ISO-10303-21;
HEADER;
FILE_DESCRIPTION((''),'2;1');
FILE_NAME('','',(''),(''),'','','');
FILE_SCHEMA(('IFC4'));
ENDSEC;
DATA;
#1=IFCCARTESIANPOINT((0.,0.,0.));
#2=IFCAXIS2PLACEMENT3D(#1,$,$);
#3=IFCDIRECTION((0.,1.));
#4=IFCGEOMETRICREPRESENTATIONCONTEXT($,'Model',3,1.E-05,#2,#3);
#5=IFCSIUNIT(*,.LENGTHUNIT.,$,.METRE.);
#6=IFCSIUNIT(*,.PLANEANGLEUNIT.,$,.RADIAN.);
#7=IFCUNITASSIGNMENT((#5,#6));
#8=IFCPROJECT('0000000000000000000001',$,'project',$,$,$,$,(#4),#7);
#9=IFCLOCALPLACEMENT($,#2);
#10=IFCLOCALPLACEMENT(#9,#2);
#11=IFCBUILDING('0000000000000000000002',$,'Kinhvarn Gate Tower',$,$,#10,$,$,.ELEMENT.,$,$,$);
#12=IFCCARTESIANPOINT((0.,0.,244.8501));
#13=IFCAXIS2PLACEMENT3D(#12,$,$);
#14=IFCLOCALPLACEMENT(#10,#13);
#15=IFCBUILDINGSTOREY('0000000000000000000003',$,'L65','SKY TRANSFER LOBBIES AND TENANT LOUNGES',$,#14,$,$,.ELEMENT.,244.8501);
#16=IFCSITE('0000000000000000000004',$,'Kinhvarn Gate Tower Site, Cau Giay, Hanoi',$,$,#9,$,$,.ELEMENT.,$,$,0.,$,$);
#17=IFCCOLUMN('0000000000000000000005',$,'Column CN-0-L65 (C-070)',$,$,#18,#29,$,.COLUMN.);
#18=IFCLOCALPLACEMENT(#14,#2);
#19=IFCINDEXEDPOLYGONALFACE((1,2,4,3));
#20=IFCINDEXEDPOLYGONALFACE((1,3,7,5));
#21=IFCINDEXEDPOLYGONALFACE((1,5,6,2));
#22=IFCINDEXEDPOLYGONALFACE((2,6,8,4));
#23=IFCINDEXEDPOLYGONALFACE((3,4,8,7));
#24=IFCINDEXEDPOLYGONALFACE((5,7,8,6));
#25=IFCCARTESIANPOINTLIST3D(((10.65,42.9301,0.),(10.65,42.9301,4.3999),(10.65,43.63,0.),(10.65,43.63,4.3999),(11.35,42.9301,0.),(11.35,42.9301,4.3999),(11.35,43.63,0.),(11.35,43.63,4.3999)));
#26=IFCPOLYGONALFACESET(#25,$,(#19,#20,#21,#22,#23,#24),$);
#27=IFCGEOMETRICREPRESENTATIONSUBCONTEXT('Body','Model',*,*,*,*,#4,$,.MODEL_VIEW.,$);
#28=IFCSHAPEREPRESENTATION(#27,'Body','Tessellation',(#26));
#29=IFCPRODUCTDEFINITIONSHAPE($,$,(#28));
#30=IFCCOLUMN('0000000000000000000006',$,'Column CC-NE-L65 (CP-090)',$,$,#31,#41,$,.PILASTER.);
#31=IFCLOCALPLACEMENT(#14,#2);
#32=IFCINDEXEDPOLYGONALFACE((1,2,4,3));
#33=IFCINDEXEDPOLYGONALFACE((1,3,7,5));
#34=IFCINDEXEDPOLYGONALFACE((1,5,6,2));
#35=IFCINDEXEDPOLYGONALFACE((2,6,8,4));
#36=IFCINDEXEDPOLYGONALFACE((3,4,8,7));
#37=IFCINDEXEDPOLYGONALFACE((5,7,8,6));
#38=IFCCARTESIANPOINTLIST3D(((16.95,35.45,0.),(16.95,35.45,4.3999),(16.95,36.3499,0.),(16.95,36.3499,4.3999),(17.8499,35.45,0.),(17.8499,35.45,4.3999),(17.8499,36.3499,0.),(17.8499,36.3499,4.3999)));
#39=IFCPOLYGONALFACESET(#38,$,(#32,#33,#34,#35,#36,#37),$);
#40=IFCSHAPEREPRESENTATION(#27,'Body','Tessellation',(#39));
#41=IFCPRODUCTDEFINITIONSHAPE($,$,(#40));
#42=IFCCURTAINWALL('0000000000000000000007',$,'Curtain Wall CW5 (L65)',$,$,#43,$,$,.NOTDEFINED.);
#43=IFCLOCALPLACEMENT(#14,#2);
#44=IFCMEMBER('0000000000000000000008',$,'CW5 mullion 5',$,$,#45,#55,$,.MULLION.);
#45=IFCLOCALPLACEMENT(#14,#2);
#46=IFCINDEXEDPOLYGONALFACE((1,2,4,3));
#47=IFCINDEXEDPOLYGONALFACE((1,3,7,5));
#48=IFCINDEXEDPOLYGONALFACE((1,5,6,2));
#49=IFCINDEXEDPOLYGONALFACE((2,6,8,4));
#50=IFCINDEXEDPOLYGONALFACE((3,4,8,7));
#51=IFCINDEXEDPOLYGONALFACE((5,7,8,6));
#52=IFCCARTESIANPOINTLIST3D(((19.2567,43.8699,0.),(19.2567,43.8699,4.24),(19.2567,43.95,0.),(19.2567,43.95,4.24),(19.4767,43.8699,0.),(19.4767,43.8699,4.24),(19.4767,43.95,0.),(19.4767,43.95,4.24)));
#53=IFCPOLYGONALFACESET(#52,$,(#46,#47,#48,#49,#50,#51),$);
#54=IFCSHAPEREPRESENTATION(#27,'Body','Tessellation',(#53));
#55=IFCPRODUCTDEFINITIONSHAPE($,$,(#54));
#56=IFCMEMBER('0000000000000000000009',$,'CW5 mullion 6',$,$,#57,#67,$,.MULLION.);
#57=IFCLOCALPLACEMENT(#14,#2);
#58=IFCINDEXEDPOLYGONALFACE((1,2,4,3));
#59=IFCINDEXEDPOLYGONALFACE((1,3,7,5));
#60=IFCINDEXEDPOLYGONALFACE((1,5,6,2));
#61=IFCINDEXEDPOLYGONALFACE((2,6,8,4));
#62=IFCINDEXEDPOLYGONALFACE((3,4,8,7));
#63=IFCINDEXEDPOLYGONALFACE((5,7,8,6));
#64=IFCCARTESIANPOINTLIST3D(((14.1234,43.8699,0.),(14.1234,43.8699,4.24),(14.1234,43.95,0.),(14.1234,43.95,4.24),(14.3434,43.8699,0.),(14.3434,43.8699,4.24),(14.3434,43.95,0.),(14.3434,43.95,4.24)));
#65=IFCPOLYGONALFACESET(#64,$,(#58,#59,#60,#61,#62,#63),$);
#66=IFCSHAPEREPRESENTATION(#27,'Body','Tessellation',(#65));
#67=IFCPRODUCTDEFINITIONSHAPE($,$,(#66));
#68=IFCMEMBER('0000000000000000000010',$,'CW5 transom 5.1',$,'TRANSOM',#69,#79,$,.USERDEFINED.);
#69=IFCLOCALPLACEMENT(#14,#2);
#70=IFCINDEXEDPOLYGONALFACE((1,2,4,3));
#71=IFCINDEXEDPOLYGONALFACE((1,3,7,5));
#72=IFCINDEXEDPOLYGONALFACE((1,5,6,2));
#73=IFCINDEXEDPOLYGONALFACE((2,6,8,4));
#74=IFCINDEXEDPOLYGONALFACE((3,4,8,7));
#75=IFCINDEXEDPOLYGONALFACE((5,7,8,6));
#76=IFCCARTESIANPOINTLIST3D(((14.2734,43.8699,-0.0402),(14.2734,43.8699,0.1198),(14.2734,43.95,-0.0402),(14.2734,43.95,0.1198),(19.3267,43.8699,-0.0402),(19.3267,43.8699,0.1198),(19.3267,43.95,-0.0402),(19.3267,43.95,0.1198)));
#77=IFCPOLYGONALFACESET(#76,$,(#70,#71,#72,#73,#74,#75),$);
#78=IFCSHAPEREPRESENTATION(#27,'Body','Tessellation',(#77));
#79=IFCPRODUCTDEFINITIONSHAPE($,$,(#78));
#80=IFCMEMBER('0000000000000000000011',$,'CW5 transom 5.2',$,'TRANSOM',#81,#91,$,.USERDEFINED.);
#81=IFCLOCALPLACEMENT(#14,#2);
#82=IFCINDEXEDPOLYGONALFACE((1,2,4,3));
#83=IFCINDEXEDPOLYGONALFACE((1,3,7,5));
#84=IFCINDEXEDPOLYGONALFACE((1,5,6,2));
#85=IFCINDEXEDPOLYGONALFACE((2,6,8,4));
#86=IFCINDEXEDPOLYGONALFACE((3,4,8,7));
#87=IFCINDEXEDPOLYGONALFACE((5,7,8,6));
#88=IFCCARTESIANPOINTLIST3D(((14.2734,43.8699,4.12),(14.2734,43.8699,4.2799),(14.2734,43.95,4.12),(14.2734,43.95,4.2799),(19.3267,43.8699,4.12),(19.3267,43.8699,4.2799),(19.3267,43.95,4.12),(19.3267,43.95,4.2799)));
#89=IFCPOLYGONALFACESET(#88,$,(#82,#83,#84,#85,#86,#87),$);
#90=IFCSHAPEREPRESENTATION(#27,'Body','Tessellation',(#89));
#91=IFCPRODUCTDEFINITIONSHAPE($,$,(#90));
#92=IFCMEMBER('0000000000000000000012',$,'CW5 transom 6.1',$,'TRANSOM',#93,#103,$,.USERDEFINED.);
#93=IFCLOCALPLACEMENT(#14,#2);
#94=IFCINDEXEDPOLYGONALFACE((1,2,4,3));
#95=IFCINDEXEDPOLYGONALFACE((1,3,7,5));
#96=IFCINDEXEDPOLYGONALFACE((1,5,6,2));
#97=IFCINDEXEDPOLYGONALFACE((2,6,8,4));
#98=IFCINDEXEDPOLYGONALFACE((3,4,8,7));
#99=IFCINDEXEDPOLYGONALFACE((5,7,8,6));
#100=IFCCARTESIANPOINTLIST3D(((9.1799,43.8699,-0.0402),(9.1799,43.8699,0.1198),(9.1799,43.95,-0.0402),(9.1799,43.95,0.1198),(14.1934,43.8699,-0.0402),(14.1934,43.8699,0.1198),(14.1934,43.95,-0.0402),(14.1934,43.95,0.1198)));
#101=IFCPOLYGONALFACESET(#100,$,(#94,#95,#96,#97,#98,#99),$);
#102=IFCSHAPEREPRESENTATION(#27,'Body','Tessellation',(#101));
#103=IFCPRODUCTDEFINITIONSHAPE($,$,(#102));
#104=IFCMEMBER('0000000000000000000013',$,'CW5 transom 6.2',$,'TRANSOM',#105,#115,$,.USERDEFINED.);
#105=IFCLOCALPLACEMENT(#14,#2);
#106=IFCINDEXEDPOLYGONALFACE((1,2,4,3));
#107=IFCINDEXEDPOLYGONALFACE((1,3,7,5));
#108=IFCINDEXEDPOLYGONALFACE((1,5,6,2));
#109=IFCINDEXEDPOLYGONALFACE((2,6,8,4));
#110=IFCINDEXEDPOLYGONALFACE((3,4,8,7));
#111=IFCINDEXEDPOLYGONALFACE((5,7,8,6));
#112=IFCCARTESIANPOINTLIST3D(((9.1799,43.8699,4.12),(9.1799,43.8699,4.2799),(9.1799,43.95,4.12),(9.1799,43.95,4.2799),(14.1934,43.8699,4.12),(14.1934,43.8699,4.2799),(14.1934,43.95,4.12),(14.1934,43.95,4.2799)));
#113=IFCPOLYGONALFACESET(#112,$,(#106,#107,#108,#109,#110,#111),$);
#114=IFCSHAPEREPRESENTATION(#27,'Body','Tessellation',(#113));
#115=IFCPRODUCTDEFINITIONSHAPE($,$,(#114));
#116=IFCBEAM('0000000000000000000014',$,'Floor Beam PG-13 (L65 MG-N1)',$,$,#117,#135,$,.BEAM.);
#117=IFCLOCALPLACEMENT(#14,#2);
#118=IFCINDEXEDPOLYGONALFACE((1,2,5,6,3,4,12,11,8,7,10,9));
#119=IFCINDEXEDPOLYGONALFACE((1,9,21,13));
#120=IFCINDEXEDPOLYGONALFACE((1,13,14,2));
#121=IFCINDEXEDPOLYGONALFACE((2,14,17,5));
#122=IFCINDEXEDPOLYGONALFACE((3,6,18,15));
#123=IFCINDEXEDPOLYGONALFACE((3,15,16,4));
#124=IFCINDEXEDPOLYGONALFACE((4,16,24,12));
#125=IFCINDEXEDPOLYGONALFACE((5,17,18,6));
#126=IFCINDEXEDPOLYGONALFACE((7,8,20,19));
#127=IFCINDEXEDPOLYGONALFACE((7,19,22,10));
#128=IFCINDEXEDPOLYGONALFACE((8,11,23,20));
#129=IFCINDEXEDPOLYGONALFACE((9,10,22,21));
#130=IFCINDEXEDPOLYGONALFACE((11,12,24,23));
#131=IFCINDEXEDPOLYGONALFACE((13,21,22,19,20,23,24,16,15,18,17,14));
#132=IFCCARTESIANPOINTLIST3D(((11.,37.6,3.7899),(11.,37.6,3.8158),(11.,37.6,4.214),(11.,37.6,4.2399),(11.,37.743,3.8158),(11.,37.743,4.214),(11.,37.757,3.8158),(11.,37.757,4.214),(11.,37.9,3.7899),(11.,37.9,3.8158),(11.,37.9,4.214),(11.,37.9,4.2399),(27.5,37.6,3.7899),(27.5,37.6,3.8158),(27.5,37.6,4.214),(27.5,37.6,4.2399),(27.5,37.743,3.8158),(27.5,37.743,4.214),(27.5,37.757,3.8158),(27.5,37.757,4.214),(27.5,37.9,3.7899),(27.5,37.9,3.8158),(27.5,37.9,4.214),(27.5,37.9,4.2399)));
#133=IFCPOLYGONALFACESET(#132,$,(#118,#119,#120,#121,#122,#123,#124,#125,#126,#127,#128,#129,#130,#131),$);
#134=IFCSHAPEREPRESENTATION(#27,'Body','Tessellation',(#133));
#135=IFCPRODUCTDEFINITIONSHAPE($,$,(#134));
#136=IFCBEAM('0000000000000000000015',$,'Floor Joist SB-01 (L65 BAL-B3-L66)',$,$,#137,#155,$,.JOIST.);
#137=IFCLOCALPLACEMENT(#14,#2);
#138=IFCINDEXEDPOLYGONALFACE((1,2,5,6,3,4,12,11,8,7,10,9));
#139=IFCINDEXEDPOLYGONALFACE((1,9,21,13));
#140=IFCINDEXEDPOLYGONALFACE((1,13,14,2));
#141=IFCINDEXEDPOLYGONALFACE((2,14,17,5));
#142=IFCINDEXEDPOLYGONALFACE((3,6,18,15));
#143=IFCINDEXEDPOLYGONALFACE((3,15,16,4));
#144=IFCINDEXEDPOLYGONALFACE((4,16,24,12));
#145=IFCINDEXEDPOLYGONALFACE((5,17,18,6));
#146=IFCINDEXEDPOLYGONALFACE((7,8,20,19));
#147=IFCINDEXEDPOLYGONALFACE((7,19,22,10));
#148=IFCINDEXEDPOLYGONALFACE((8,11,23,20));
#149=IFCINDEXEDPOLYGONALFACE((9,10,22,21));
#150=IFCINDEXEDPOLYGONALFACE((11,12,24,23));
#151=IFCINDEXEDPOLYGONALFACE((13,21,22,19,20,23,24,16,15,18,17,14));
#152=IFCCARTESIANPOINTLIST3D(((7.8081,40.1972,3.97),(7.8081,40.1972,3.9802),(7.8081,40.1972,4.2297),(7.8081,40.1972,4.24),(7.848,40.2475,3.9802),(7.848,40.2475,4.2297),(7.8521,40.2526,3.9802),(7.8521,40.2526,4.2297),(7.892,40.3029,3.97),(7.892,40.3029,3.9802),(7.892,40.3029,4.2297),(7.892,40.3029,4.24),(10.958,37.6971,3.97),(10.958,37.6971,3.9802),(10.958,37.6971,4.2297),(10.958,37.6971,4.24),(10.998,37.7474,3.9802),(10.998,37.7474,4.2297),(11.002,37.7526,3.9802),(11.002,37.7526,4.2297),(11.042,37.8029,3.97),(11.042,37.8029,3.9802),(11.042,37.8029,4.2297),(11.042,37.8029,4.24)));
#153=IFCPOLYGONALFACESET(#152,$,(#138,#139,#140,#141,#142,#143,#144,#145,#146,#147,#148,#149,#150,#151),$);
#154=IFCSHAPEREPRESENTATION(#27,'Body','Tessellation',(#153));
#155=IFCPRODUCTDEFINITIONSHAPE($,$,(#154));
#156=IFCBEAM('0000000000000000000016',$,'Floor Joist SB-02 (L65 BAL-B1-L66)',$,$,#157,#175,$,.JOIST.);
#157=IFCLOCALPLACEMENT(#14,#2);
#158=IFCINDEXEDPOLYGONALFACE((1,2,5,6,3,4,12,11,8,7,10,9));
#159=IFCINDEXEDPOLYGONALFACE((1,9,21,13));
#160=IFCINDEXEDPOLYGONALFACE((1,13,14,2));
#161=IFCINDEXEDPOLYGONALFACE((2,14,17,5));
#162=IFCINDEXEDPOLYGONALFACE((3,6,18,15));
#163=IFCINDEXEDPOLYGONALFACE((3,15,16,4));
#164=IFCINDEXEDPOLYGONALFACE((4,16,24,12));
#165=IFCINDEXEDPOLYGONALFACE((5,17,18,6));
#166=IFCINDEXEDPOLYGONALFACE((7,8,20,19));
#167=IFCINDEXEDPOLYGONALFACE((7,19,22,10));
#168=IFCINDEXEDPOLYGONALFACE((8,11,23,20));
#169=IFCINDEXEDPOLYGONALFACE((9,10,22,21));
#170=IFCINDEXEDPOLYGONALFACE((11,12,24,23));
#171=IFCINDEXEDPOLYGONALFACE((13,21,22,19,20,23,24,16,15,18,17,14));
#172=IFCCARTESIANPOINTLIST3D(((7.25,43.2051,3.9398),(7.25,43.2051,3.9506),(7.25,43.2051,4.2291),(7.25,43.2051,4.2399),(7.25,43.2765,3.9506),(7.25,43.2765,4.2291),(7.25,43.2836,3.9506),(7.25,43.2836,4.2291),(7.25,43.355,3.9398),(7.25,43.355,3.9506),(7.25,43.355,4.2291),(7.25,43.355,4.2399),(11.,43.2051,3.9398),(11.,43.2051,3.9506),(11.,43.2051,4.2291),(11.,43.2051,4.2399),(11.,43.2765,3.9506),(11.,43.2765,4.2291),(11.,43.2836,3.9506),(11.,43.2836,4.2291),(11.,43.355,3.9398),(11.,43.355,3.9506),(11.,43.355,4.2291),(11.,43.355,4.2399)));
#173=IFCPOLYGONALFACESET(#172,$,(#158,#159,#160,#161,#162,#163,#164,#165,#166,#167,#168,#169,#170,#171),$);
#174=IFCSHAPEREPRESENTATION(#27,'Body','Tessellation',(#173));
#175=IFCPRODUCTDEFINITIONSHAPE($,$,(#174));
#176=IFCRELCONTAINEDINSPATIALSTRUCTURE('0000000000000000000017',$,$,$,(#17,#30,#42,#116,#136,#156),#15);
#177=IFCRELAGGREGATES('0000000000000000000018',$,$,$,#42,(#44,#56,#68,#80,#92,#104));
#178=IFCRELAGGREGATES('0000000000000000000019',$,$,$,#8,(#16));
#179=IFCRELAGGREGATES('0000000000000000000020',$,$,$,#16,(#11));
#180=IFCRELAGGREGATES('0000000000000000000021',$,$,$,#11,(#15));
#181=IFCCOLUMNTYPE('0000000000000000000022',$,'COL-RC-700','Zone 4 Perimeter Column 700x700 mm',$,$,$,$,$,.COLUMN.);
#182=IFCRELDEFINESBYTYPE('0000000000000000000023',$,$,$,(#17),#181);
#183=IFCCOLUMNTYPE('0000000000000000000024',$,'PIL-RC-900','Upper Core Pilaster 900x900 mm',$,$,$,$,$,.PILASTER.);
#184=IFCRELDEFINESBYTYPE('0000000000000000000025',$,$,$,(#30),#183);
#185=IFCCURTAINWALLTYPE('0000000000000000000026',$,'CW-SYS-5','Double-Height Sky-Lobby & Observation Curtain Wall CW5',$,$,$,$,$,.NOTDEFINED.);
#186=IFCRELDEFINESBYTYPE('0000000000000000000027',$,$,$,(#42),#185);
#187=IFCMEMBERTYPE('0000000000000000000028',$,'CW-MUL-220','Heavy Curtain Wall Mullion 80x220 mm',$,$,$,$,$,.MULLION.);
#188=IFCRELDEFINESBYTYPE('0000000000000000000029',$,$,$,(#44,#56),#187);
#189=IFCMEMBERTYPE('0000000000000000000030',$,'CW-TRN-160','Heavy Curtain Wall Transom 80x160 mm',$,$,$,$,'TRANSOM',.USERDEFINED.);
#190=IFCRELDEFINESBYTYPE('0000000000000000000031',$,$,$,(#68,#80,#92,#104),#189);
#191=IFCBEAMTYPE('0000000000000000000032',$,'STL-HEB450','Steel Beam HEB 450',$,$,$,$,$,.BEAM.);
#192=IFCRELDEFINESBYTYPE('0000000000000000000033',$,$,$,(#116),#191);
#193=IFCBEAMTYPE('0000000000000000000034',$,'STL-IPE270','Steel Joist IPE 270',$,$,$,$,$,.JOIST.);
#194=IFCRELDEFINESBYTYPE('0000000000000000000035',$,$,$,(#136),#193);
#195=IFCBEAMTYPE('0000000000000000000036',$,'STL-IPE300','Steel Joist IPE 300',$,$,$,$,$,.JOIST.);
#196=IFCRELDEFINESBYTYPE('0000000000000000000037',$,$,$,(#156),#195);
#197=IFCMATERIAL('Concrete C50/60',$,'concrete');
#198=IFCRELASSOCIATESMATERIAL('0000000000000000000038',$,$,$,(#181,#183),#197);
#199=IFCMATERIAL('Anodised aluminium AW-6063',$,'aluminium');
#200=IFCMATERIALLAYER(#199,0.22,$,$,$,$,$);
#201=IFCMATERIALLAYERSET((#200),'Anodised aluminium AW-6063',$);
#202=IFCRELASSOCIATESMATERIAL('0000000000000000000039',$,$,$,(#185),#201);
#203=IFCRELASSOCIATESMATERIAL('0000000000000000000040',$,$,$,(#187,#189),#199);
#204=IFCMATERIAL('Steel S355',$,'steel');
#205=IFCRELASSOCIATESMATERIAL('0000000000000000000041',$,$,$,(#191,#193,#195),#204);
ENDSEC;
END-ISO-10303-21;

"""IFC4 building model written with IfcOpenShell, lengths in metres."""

from ifc_helpers import new_model, si_unit, direction, frame, origin, origin_2d, place, context, subcontext, project, spatial, rectangle, i_section, extrude, material, layer, layer_set, material_profile, profile_set, type_object, element, aggregate, save


model = new_model("IFC4")

# Units and contexts
model_context = context("Model", 3, precision=1e-05, world=origin(), true_north=direction((0.0, 1.0)))
body_context = subcontext(model_context, "Body", "Model", "MODEL_VIEW")
ifc_project = project(units=[si_unit("LENGTHUNIT", "METRE"), si_unit("PLANEANGLEUNIT", "RADIAN")], contexts=[model_context])

# Site, building, storey
site_placement = place(None, origin())
site = spatial("IfcSite", under=ifc_project, at=site_placement, Name="Kinhvarn Gate Tower Site, Cau Giay, Hanoi", CompositionType="ELEMENT", RefElevation=0.0)
building_placement = place(site_placement, origin())
building = spatial("IfcBuilding", under=site, at=building_placement, Name="Kinhvarn Gate Tower", CompositionType="ELEMENT")
storey_placement = place(building_placement, frame((0.0, 0.0, 244.8501)))
storey = spatial("IfcBuildingStorey", under=building, at=storey_placement, Name="L65", Description="SKY TRANSFER LOBBIES AND TENANT LOUNGES", CompositionType="ELEMENT", Elevation=244.8501)

# Columns
ifc_material_1 = material(Name="Concrete C50/60", Category="concrete")
ifc_material_profile_1 = material_profile(ifc_material_1, rectangle(XDim=0.7, YDim=0.7, at=origin_2d()), Name="RC 700x700")
ifc_profile_set_1 = profile_set([ifc_material_profile_1], Name="Concrete C50/60")
column_type_1 = type_object("IfcColumnType", Name="COL-RC-700", Description="Zone 4 Perimeter Column 700x700 mm", PredefinedType="COLUMN", material=ifc_profile_set_1)
column_1_placement = place(storey_placement, frame((11.0, 43.28, 0.0), z_axis=(0.0, 0.0, 1.0), x_axis=(1.0, 0.0, 0.0)))
element("IfcColumn", 1, at=column_1_placement, inside=storey, type_object=column_type_1, Name="Column CN-0-L65 (C-070)", PredefinedType="COLUMN", context=body_context, shape_type="SweptSolid", body=[
    extrude(rectangle(XDim=0.7, YDim=0.7, at=origin_2d()), origin(), (0.0, 0.0, 1.0), 4.3999),
])
ifc_material_profile_2 = material_profile(ifc_material_1, rectangle(XDim=0.8999, YDim=0.8999, at=origin_2d()), Name="RC 900x900")
ifc_profile_set_2 = profile_set([ifc_material_profile_2], Name="Concrete C50/60")
column_type_2 = type_object("IfcColumnType", Name="PIL-RC-900", Description="Upper Core Pilaster 900x900 mm", PredefinedType="PILASTER", material=ifc_profile_set_2)
column_2_placement = place(storey_placement, frame((17.3999, 35.8999, 0.0), z_axis=(0.0, 0.0, 1.0), x_axis=(1.0, 0.0, 0.0)))
element("IfcColumn", 2, at=column_2_placement, inside=storey, type_object=column_type_2, Name="Column CC-NE-L65 (CP-090)", PredefinedType="PILASTER", context=body_context, shape_type="SweptSolid", body=[
    extrude(rectangle(XDim=0.8999, YDim=0.8999, at=origin_2d()), origin(), (0.0, 0.0, 1.0), 4.3999),
])

# Curtain wall, members
ifc_material_2 = material(Name="Anodised aluminium AW-6063", Category="aluminium")
ifc_layer_1 = layer(ifc_material_2, 0.22)
ifc_layer_set_1 = layer_set([ifc_layer_1], Name="Anodised aluminium AW-6063")
curtain_wall_type = type_object("IfcCurtainWallType", Name="CW-SYS-5", Description="Double-Height Sky-Lobby & Observation Curtain Wall CW5", PredefinedType="NOTDEFINED", material=ifc_layer_set_1)
curtain_wall_placement = place(storey_placement, origin())
curtain_wall = element("IfcCurtainWall", 3, at=curtain_wall_placement, inside=storey, type_object=curtain_wall_type, Name="Curtain Wall CW5 (L65)", PredefinedType="NOTDEFINED")
ifc_material_profile_3 = material_profile(ifc_material_2, rectangle(XDim=0.0801, YDim=0.22, at=origin_2d()), Name="ALU 80x220")
ifc_profile_set_3 = profile_set([ifc_material_profile_3], Name="Anodised aluminium AW-6063")
member_type_1 = type_object("IfcMemberType", Name="CW-MUL-220", Description="Heavy Curtain Wall Mullion 80x220 mm", PredefinedType="MULLION", material=ifc_profile_set_3)
member_1_placement = place(storey_placement, frame((19.3667, 43.9099, 0.0), z_axis=(0.0, 0.0, 1.0), x_axis=(0.0, -1.0, 0.0)))
member_1 = element("IfcMember", 4, at=member_1_placement, type_object=member_type_1, Name="CW5 mullion 5", PredefinedType="MULLION", context=body_context, shape_type="SweptSolid", body=[
    extrude(rectangle(XDim=0.0801, YDim=0.22, at=origin_2d()), origin(), (0.0, 0.0, 1.0), 4.24),
])
member_2_placement = place(storey_placement, frame((14.2334, 43.9099, 0.0), z_axis=(0.0, 0.0, 1.0), x_axis=(0.0, -1.0, 0.0)))
member_2 = element("IfcMember", 5, at=member_2_placement, type_object=member_type_1, Name="CW5 mullion 6", PredefinedType="MULLION", context=body_context, shape_type="SweptSolid", body=[
    extrude(rectangle(XDim=0.0801, YDim=0.22, at=origin_2d()), origin(), (0.0, 0.0, 1.0), 4.24),
])
ifc_material_profile_4 = material_profile(ifc_material_2, rectangle(XDim=0.0801, YDim=0.1599, at=origin_2d()), Name="ALU 80x160")
ifc_profile_set_4 = profile_set([ifc_material_profile_4], Name="Anodised aluminium AW-6063")
member_type_2 = type_object("IfcMemberType", Name="CW-TRN-160", Description="Heavy Curtain Wall Transom 80x160 mm", ElementType="TRANSOM", PredefinedType="USERDEFINED", material=ifc_profile_set_4)
member_3_placement = place(storey_placement, frame((19.3267, 43.9099, 0.0398), z_axis=(-1.0, 0.0, 0.0), x_axis=(0.0, -1.0, 0.0)))
member_3 = element("IfcMember", 6, at=member_3_placement, type_object=member_type_2, Name="CW5 transom 5.1", ObjectType="TRANSOM", PredefinedType="USERDEFINED", context=body_context, shape_type="SweptSolid", body=[
    extrude(rectangle(XDim=0.0801, YDim=0.1599, at=origin_2d()), origin(), (0.0, 0.0, 1.0), 5.0532),
])
member_4_placement = place(storey_placement, frame((19.3267, 43.9099, 4.2), z_axis=(-1.0, 0.0, 0.0), x_axis=(0.0, -1.0, 0.0)))
member_4 = element("IfcMember", 7, at=member_4_placement, type_object=member_type_2, Name="CW5 transom 5.2", ObjectType="TRANSOM", PredefinedType="USERDEFINED", context=body_context, shape_type="SweptSolid", body=[
    extrude(rectangle(XDim=0.0801, YDim=0.1599, at=origin_2d()), origin(), (0.0, 0.0, 1.0), 5.0532),
])
member_5_placement = place(storey_placement, frame((14.1934, 43.9099, 0.0398), z_axis=(-1.0, 0.0, 0.0), x_axis=(0.0, -1.0, 0.0)))
member_5 = element("IfcMember", 8, at=member_5_placement, type_object=member_type_2, Name="CW5 transom 6.1", ObjectType="TRANSOM", PredefinedType="USERDEFINED", context=body_context, shape_type="SweptSolid", body=[
    extrude(rectangle(XDim=0.0801, YDim=0.1599, at=origin_2d()), origin(), (0.0, 0.0, 1.0), 5.0134),
])
member_6_placement = place(storey_placement, frame((14.1934, 43.9099, 4.2), z_axis=(-1.0, 0.0, 0.0), x_axis=(0.0, -1.0, 0.0)))
member_6 = element("IfcMember", 9, at=member_6_placement, type_object=member_type_2, Name="CW5 transom 6.2", ObjectType="TRANSOM", PredefinedType="USERDEFINED", context=body_context, shape_type="SweptSolid", body=[
    extrude(rectangle(XDim=0.0801, YDim=0.1599, at=origin_2d()), origin(), (0.0, 0.0, 1.0), 5.0134),
])

# Beams
ifc_material_3 = material(Name="Steel S355", Category="steel")
ifc_material_profile_5 = material_profile(ifc_material_3, i_section(OverallWidth=0.3, OverallDepth=0.45, WebThickness=0.0139, FlangeThickness=0.0259, at=origin_2d()), Name="HEB 450")
ifc_profile_set_5 = profile_set([ifc_material_profile_5], Name="Steel S355")
beam_type_1 = type_object("IfcBeamType", Name="STL-HEB450", Description="Steel Beam HEB 450", PredefinedType="BEAM", material=ifc_profile_set_5)
beam_1_placement = place(storey_placement, frame((11.0, 37.75, 4.0149), z_axis=(1.0, 0.0, 0.0), x_axis=(0.0, 1.0, 0.0)))
element("IfcBeam", 10, at=beam_1_placement, inside=storey, type_object=beam_type_1, Name="Floor Beam PG-13 (L65 MG-N1)", PredefinedType="BEAM", context=body_context, shape_type="SweptSolid", body=[
    extrude(i_section(OverallWidth=0.3, OverallDepth=0.45, WebThickness=0.0139, FlangeThickness=0.0259, at=origin_2d()), origin(), (0.0, 0.0, 1.0), 16.5),
])
ifc_material_profile_6 = material_profile(ifc_material_3, i_section(OverallWidth=0.135, OverallDepth=0.27, WebThickness=0.0066, FlangeThickness=0.0103, at=origin_2d()), Name="IPE 270")
ifc_profile_set_6 = profile_set([ifc_material_profile_6], Name="Steel S355")
beam_type_2 = type_object("IfcBeamType", Name="STL-IPE270", Description="Steel Joist IPE 270", PredefinedType="JOIST", material=ifc_profile_set_6)
beam_2_placement = place(storey_placement, frame((11.0, 37.75, 4.105), z_axis=(-0.78328, 0.62167, 0.0), x_axis=(-0.62167, -0.78328, 0.0)))
element("IfcBeam", 11, at=beam_2_placement, inside=storey, type_object=beam_type_2, Name="Floor Joist SB-01 (L65 BAL-B3-L66)", PredefinedType="JOIST", context=body_context, shape_type="SweptSolid", body=[
    extrude(i_section(OverallWidth=0.135, OverallDepth=0.27, WebThickness=0.0066, FlangeThickness=0.0103, at=origin_2d()), origin(), (0.0, 0.0, 1.0), 4.0215),
])
ifc_material_profile_7 = material_profile(ifc_material_3, i_section(OverallWidth=0.1499, OverallDepth=0.3, WebThickness=0.0071, FlangeThickness=0.0107, at=origin_2d()), Name="IPE 300")
ifc_profile_set_7 = profile_set([ifc_material_profile_7], Name="Steel S355")
beam_type_3 = type_object("IfcBeamType", Name="STL-IPE300", Description="Steel Joist IPE 300", PredefinedType="JOIST", material=ifc_profile_set_7)
beam_3_placement = place(storey_placement, frame((11.0, 43.28, 4.0898), z_axis=(-1.0, 0.0, 0.0), x_axis=(0.0, -1.0, 0.0)))
element("IfcBeam", 12, at=beam_3_placement, inside=storey, type_object=beam_type_3, Name="Floor Joist SB-02 (L65 BAL-B1-L66)", PredefinedType="JOIST", context=body_context, shape_type="SweptSolid", body=[
    extrude(i_section(OverallWidth=0.1499, OverallDepth=0.3, WebThickness=0.0071, FlangeThickness=0.0107, at=origin_2d()), origin(), (0.0, 0.0, 1.0), 3.75),
])

aggregate(curtain_wall, [member_1, member_2, member_3, member_4, member_5, member_6])

save(model, "model.ifc")
